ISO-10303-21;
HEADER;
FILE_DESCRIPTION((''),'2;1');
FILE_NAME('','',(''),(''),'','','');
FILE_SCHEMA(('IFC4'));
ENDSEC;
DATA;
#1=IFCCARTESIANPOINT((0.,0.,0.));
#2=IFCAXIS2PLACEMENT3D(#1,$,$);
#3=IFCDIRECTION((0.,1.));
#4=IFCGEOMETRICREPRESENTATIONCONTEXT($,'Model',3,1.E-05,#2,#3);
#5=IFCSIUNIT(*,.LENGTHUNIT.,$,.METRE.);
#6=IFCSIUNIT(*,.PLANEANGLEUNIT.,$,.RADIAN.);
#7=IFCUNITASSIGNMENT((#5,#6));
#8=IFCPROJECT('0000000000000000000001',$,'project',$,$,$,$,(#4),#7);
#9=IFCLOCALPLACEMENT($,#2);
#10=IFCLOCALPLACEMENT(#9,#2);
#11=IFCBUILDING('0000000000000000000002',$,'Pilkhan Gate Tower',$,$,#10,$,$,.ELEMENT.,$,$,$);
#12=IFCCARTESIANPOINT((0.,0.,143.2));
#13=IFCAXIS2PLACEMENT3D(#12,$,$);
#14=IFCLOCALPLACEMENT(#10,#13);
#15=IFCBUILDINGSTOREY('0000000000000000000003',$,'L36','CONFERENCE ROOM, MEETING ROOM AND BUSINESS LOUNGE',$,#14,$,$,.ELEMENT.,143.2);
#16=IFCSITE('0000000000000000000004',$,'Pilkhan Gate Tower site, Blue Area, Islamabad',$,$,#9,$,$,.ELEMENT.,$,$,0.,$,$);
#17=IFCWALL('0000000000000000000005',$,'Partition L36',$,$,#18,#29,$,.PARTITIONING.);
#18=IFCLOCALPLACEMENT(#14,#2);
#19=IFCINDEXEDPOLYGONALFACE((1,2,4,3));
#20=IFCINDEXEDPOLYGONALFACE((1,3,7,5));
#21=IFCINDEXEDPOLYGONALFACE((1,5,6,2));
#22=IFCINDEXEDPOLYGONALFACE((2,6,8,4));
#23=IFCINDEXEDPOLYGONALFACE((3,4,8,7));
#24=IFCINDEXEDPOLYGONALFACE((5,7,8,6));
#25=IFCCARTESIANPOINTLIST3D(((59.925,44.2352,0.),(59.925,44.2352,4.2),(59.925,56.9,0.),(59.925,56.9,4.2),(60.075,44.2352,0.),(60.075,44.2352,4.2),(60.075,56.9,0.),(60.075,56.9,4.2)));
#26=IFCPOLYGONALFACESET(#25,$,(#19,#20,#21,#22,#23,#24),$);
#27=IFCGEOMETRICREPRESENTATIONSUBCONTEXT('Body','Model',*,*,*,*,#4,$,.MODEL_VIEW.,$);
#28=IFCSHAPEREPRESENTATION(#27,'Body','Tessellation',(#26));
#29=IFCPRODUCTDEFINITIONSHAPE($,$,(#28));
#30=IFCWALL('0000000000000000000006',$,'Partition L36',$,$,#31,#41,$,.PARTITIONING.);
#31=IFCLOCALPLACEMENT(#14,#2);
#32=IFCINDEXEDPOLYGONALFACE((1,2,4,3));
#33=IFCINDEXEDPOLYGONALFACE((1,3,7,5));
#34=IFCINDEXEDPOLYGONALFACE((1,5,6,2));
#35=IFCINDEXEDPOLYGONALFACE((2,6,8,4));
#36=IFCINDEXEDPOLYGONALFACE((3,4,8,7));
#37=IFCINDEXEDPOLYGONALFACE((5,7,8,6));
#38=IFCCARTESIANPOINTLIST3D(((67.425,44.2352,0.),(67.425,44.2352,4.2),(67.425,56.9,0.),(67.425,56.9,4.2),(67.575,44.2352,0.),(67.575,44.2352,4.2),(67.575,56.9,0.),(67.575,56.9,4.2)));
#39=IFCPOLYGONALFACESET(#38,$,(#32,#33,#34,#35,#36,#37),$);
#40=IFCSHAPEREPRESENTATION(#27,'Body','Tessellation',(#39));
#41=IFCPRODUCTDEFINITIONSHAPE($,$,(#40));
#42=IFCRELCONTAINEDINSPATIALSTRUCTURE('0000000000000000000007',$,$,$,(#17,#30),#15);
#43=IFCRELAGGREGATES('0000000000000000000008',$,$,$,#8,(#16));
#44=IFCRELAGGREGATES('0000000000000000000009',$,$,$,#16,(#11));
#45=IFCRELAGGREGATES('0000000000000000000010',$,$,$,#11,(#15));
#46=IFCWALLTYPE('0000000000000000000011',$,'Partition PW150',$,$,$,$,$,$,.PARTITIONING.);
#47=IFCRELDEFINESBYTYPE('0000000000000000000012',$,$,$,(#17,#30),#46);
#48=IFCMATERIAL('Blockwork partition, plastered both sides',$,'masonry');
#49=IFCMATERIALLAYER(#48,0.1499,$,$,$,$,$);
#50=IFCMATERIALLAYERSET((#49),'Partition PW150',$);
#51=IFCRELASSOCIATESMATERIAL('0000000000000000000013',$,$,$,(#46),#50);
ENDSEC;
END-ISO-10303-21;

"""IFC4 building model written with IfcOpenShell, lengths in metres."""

from ifc_helpers import new_model, si_unit, direction, frame, frame_2d, origin, place, context, subcontext, project, spatial, rectangle, extrude, material, layer, layer_set, type_object, element, save


model = new_model("IFC4")

# Units and contexts
model_context = context("Model", 3, precision=1e-05, world=origin(), true_north=direction((0.0, 1.0)))
body_context = subcontext(model_context, "Body", "Model", "MODEL_VIEW")
ifc_project = project(units=[si_unit("LENGTHUNIT", "METRE"), si_unit("PLANEANGLEUNIT", "RADIAN")], contexts=[model_context])

# Site, building, storey
site_placement = place(None, origin())
site = spatial("IfcSite", under=ifc_project, at=site_placement, Name="Pilkhan Gate Tower site, Blue Area, Islamabad", CompositionType="ELEMENT", RefElevation=0.0)
building_placement = place(site_placement, origin())
building = spatial("IfcBuilding", under=site, at=building_placement, Name="Pilkhan Gate Tower", CompositionType="ELEMENT")
storey_placement = place(building_placement, frame((0.0, 0.0, 143.2)))
storey = spatial("IfcBuildingStorey", under=building, at=storey_placement, Name="L36", Description="CONFERENCE ROOM, MEETING ROOM AND BUSINESS LOUNGE", CompositionType="ELEMENT", Elevation=143.2)

# Walls
ifc_material_1 = material(Name="Blockwork partition, plastered both sides", Category="masonry")
ifc_layer_1 = layer(ifc_material_1, 0.1499)
ifc_layer_set_1 = layer_set([ifc_layer_1], Name="Partition PW150")
wall_type = type_object("IfcWallType", Name="Partition PW150", PredefinedType="PARTITIONING", material=ifc_layer_set_1)
for number, where, z_axis, x_axis, name in (
    (1, (60.0, 44.2351, 0.0), (0.0, 0.0, 1.0), (0.0, 1.0, 0.0), "Partition L36"),
    (2, (67.5, 44.2351, 0.0), (0.0, 0.0, 1.0), (0.0, 1.0, 0.0), "Partition L36"),
):
    element("IfcWall", number, at=place(storey_placement, frame(where, z_axis=z_axis, x_axis=x_axis)), inside=storey, type_object=wall_type, Name=name, PredefinedType="PARTITIONING", context=body_context, shape_type="SweptSolid", body=[
        extrude(rectangle(XDim=12.6648, YDim=0.1499, at=frame_2d((6.3325, 0.0))), origin(), (0.0, 0.0, 1.0), 4.2),
    ])

save(model, "model.ifc")
